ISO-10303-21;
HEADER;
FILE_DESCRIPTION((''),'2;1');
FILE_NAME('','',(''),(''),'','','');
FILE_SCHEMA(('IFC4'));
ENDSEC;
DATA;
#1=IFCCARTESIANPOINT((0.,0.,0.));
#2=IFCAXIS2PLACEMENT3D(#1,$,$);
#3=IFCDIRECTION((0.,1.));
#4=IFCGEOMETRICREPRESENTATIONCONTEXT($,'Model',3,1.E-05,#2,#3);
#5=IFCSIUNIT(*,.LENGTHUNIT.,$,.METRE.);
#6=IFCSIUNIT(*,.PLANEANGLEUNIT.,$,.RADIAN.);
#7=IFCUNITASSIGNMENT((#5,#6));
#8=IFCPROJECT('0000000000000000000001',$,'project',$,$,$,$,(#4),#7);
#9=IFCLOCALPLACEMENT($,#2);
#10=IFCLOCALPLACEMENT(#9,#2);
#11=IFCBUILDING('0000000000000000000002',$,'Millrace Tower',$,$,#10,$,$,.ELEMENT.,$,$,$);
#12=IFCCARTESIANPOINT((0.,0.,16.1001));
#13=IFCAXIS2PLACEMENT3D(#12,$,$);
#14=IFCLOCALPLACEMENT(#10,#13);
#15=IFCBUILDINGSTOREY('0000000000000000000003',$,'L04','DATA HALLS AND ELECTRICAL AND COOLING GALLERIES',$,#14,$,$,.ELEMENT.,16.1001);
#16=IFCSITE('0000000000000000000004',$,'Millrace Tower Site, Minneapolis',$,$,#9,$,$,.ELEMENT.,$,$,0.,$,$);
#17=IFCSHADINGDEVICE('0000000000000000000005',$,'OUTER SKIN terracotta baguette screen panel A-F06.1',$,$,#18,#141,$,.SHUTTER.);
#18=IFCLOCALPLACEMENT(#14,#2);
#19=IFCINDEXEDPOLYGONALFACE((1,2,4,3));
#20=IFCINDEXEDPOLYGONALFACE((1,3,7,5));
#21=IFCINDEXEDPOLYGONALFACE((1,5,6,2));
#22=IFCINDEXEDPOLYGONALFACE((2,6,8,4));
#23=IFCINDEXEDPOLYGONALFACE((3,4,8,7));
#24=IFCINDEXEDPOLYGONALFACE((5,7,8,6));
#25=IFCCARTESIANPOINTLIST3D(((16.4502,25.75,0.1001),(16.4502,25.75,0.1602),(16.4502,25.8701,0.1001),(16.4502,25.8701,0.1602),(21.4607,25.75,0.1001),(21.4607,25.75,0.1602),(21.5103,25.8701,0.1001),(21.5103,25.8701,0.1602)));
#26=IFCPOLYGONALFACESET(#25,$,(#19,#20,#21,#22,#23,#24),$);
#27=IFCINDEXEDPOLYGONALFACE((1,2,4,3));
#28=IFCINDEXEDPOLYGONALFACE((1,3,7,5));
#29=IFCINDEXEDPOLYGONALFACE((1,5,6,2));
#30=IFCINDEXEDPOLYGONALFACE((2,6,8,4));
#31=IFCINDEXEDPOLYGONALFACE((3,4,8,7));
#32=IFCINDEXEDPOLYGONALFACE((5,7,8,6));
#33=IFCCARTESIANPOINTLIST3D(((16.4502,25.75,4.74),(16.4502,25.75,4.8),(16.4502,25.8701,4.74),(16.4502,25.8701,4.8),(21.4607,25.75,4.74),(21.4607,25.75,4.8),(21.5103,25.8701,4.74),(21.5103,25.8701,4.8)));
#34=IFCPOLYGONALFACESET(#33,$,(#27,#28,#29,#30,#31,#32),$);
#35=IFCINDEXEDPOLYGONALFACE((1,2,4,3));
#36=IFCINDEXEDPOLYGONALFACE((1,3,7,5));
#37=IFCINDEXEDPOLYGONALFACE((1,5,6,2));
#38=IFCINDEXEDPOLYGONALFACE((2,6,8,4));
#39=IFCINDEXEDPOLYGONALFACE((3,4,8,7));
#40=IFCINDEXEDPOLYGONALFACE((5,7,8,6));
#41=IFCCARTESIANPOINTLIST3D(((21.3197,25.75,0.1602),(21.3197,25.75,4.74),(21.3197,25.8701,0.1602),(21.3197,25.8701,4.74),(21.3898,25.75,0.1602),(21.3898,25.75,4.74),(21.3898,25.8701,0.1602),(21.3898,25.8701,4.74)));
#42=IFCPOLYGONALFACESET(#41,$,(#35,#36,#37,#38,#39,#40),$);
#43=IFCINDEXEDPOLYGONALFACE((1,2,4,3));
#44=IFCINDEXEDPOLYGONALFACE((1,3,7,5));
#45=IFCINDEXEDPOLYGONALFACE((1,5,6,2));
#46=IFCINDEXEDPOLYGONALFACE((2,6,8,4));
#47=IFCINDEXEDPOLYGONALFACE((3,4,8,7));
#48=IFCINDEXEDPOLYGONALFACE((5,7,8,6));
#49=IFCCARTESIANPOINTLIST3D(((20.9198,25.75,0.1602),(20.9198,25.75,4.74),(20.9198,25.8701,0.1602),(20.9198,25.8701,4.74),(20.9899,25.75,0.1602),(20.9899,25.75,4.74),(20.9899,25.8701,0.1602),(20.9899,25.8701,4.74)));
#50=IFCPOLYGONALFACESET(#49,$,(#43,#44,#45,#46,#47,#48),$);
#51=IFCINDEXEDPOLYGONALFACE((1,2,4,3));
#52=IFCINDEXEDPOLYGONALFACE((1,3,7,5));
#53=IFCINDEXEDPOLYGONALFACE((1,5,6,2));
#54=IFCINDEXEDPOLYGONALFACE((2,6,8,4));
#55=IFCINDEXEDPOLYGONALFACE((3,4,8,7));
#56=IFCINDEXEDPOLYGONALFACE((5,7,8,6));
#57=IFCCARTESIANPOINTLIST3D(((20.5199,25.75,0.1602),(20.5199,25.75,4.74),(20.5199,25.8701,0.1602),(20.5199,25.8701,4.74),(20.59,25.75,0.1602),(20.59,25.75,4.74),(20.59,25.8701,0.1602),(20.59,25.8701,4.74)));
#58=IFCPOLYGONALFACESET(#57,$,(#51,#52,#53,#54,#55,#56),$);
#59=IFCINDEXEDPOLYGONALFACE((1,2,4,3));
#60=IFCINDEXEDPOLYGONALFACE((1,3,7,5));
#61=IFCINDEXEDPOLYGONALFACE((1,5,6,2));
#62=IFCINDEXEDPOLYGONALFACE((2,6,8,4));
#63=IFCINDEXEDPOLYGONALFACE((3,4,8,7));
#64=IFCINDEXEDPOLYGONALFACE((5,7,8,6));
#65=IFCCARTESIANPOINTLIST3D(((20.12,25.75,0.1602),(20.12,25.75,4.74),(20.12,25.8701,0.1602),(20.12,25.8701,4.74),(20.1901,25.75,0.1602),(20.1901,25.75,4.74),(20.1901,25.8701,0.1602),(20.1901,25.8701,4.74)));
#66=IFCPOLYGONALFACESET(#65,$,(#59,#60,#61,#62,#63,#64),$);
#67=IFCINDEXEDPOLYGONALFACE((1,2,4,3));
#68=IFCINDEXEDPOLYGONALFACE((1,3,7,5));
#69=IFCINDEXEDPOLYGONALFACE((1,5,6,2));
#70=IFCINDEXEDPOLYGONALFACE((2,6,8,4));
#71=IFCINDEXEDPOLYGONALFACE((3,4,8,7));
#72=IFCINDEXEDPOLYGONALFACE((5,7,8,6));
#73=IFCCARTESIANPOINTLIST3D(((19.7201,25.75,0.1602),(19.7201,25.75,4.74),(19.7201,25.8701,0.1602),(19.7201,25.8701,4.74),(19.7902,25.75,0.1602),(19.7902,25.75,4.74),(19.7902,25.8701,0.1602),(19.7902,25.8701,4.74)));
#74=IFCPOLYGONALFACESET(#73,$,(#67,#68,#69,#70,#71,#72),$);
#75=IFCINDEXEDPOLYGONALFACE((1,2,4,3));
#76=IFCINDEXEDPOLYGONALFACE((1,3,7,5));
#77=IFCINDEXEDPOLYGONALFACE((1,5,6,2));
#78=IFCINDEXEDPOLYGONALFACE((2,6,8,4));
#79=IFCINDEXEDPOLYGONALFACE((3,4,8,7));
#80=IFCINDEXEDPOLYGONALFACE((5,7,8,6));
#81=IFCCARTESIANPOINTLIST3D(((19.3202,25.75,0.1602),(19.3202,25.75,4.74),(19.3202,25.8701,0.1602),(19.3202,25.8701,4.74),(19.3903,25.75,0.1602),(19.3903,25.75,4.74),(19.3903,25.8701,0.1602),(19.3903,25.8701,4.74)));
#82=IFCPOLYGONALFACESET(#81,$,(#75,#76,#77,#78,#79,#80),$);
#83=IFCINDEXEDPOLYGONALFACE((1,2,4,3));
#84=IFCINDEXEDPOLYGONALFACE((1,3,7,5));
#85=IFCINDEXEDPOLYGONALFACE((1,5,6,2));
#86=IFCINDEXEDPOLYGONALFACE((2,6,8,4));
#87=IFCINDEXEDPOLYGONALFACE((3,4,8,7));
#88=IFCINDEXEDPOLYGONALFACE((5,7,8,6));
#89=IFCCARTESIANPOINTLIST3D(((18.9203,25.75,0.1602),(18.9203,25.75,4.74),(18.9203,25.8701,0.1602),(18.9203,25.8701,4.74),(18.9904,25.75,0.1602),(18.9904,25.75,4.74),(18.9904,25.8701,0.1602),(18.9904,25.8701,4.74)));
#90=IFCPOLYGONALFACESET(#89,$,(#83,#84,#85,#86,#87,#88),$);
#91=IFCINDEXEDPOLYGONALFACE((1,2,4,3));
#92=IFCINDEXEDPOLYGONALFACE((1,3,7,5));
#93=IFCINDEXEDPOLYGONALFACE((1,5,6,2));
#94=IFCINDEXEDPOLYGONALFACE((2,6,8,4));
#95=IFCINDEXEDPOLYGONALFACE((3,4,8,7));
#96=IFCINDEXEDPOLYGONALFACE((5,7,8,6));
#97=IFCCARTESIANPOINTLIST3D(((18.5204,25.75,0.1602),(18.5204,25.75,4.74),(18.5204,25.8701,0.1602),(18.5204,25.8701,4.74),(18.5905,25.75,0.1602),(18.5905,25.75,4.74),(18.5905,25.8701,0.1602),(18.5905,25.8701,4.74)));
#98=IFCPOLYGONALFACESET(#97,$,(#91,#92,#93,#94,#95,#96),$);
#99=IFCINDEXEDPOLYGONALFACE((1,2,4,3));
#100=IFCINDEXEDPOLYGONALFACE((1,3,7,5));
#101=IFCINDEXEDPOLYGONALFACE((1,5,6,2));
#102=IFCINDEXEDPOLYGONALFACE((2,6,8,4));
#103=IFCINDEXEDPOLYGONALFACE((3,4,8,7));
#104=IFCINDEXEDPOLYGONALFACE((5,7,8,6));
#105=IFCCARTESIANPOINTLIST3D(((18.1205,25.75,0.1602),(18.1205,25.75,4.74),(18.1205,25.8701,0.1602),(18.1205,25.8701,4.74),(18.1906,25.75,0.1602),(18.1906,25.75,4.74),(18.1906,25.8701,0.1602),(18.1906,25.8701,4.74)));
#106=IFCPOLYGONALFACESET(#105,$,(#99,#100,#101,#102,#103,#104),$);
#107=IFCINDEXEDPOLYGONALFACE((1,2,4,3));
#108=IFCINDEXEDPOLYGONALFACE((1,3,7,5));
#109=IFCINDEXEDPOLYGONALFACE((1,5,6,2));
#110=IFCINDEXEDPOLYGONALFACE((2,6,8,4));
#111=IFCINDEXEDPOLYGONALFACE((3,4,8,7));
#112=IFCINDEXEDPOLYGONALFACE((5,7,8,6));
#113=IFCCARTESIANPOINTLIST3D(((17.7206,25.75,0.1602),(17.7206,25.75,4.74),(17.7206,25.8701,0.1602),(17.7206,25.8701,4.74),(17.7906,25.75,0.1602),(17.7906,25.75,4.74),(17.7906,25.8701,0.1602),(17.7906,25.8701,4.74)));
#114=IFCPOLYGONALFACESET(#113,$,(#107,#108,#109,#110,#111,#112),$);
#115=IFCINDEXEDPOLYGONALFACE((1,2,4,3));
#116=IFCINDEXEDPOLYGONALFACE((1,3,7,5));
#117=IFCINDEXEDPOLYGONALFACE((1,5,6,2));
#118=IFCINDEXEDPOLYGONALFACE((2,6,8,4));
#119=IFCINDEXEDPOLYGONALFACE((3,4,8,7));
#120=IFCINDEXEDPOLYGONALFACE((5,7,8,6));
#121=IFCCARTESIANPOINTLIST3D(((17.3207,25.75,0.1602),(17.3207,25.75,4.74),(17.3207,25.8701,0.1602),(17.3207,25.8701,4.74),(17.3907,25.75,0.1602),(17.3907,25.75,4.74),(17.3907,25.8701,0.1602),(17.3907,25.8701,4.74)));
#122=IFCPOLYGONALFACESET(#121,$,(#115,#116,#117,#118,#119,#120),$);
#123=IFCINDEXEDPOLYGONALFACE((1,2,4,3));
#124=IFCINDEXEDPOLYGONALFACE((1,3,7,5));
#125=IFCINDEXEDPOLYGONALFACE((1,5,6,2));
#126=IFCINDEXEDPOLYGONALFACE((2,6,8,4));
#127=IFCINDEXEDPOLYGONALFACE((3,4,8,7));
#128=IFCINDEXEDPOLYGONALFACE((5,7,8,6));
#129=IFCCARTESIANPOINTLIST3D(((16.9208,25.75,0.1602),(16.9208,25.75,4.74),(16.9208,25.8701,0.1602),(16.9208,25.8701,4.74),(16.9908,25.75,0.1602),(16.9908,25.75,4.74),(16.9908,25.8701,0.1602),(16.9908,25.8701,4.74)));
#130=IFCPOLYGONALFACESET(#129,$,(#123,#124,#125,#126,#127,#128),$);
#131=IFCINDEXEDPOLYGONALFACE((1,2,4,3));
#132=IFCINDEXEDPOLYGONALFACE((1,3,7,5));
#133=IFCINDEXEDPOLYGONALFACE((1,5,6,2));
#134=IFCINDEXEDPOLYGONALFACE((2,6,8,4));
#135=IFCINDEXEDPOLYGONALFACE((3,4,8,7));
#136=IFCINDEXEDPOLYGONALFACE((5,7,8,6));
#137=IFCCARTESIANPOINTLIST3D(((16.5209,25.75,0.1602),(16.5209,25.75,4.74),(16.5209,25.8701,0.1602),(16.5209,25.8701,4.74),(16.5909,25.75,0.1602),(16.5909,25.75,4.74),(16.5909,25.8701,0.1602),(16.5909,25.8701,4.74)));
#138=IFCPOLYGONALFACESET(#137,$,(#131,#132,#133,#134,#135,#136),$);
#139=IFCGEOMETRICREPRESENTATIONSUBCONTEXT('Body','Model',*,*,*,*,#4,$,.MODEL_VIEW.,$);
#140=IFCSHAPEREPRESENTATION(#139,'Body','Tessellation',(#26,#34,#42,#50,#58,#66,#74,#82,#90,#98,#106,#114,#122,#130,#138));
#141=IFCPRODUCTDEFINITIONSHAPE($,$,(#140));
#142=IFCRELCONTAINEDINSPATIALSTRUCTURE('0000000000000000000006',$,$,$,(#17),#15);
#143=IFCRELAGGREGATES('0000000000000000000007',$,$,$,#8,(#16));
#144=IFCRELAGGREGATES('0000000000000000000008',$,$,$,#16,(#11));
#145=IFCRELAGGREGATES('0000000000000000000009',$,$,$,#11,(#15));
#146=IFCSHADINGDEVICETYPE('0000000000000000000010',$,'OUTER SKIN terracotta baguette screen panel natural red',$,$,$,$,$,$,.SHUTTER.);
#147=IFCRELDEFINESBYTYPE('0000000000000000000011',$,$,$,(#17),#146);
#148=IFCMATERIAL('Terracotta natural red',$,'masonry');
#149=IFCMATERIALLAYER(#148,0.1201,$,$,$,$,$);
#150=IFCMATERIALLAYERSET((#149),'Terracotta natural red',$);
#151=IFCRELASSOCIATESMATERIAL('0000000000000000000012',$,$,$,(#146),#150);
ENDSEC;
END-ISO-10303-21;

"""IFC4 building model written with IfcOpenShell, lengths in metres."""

from ifc_helpers import new_model, entity, si_unit, direction, frame, frame_2d, origin, place, context, subcontext, project, spatial, rectangle, extrude, source, transform, mapped, material, layer, layer_set, type_object, element, save


model = new_model("IFC4")

# Units and contexts
model_context = context("Model", 3, precision=1e-05, world=origin(), true_north=direction((0.0, 1.0)))
body_context = subcontext(model_context, "Body", "Model", "MODEL_VIEW")
ifc_project = project(units=[si_unit("LENGTHUNIT", "METRE"), si_unit("PLANEANGLEUNIT", "RADIAN")], contexts=[model_context])

# Site, building, storey
site_placement = place(None, origin())
site = spatial("IfcSite", under=ifc_project, at=site_placement, Name="Millrace Tower Site, Minneapolis", CompositionType="ELEMENT", RefElevation=0.0)
building_placement = place(site_placement, origin())
building = spatial("IfcBuilding", under=site, at=building_placement, Name="Millrace Tower", CompositionType="ELEMENT")
storey_placement = place(building_placement, frame((0.0, 0.0, 16.1001)))
storey = spatial("IfcBuildingStorey", under=building, at=storey_placement, Name="L04", Description="DATA HALLS AND ELECTRICAL AND COOLING GALLERIES", CompositionType="ELEMENT", Elevation=16.1001)

# Shading device
ifc_material_1 = material(Name="Terracotta natural red", Category="masonry")
ifc_layer_1 = layer(ifc_material_1, 0.1201)
ifc_layer_set_1 = layer_set([ifc_layer_1], Name="Terracotta natural red")
shading_device_type_1 = type_object("IfcShadingDeviceType", Name="OUTER SKIN terracotta baguette screen panel natural red", PredefinedType="SHUTTER", material=ifc_layer_set_1)
cartesian_point_1 = entity("IfcCartesianPoint", [-2.4929, 0.0601])
shared_polyline_1 = entity("IfcPolyline", [cartesian_point_1, entity("IfcCartesianPoint", [2.5176, 0.0601]), entity("IfcCartesianPoint", [2.5176, -0.0601]), entity("IfcCartesianPoint", [-2.5425, -0.0601]), cartesian_point_1])
shared_shape_1 = source(origin(), body_context, "Body", "SweptSolid", [
    entity("IfcExtrudedAreaSolid", entity("IfcArbitraryClosedProfileDef", "AREA", None, shared_polyline_1), entity("IfcAxis2Placement3D", entity("IfcCartesianPoint", [0.0, 0.0, 0.0])), entity("IfcDirection", [0.0, 0.0, 1.0]), 0.0601),
    entity("IfcExtrudedAreaSolid", entity("IfcArbitraryClosedProfileDef", "AREA", None, shared_polyline_1), entity("IfcAxis2Placement3D", entity("IfcCartesianPoint", [0.0, 0.0, 4.6399])), entity("IfcDirection", [0.0, 0.0, 1.0]), 0.0601),
    extrude(rectangle(XDim=0.0701, YDim=0.1201, at=frame_2d((-2.387, 0.0))), frame((0.0, 0.0, 0.0601)), (0.0, 0.0, 1.0), 4.5798),
    extrude(rectangle(XDim=0.0701, YDim=0.1201, at=frame_2d((-1.9871, 0.0))), frame((0.0, 0.0, 0.0601)), (0.0, 0.0, 1.0), 4.5798),
    extrude(rectangle(XDim=0.0701, YDim=0.1201, at=frame_2d((-1.5872, 0.0))), frame((0.0, 0.0, 0.0601)), (0.0, 0.0, 1.0), 4.5798),
    extrude(rectangle(XDim=0.0701, YDim=0.1201, at=frame_2d((-1.1873, 0.0))), frame((0.0, 0.0, 0.0601)), (0.0, 0.0, 1.0), 4.5798),
    extrude(rectangle(XDim=0.0701, YDim=0.1201, at=frame_2d((-0.7874, 0.0))), frame((0.0, 0.0, 0.0601)), (0.0, 0.0, 1.0), 4.5798),
    extrude(rectangle(XDim=0.0701, YDim=0.1201, at=frame_2d((-0.3875, 0.0))), frame((0.0, 0.0, 0.0601)), (0.0, 0.0, 1.0), 4.5798),
    extrude(rectangle(XDim=0.0701, YDim=0.1201, at=frame_2d((0.0125, 0.0))), frame((0.0, 0.0, 0.0601)), (0.0, 0.0, 1.0), 4.5798),
    extrude(rectangle(XDim=0.0701, YDim=0.1201, at=frame_2d((0.4124, 0.0))), frame((0.0, 0.0, 0.0601)), (0.0, 0.0, 1.0), 4.5798),
    extrude(rectangle(XDim=0.0701, YDim=0.1201, at=frame_2d((0.8123, 0.0))), frame((0.0, 0.0, 0.0601)), (0.0, 0.0, 1.0), 4.5798),
    extrude(rectangle(XDim=0.0701, YDim=0.1201, at=frame_2d((1.2122, 0.0))), frame((0.0, 0.0, 0.0601)), (0.0, 0.0, 1.0), 4.5798),
    extrude(rectangle(XDim=0.0701, YDim=0.1201, at=frame_2d((1.6121, 0.0))), frame((0.0, 0.0, 0.0601)), (0.0, 0.0, 1.0), 4.5798),
    extrude(rectangle(XDim=0.0701, YDim=0.1201, at=frame_2d((2.012, 0.0))), frame((0.0, 0.0, 0.0601)), (0.0, 0.0, 1.0), 4.5798),
    extrude(rectangle(XDim=0.0701, YDim=0.1201, at=frame_2d((2.4119, 0.0))), frame((0.0, 0.0, 0.0601)), (0.0, 0.0, 1.0), 4.5798),
])
shading_device_1_placement = place(storey_placement, frame((18.9678, 25.8101, 0.1001), z_axis=(0.0, 0.0, 1.0), x_axis=(-1.0, 0.0, 0.0)))
element("IfcShadingDevice", 1, at=shading_device_1_placement, inside=storey, type_object=shading_device_type_1, Name="OUTER SKIN terracotta baguette screen panel A-F06.1", PredefinedType="SHUTTER", context=body_context, shape_type="MappedRepresentation", body=[
    mapped(shared_shape_1, transform((0.0, 0.0, 0.0), scale=1.0)),
])

save(model, "model.ifc")
